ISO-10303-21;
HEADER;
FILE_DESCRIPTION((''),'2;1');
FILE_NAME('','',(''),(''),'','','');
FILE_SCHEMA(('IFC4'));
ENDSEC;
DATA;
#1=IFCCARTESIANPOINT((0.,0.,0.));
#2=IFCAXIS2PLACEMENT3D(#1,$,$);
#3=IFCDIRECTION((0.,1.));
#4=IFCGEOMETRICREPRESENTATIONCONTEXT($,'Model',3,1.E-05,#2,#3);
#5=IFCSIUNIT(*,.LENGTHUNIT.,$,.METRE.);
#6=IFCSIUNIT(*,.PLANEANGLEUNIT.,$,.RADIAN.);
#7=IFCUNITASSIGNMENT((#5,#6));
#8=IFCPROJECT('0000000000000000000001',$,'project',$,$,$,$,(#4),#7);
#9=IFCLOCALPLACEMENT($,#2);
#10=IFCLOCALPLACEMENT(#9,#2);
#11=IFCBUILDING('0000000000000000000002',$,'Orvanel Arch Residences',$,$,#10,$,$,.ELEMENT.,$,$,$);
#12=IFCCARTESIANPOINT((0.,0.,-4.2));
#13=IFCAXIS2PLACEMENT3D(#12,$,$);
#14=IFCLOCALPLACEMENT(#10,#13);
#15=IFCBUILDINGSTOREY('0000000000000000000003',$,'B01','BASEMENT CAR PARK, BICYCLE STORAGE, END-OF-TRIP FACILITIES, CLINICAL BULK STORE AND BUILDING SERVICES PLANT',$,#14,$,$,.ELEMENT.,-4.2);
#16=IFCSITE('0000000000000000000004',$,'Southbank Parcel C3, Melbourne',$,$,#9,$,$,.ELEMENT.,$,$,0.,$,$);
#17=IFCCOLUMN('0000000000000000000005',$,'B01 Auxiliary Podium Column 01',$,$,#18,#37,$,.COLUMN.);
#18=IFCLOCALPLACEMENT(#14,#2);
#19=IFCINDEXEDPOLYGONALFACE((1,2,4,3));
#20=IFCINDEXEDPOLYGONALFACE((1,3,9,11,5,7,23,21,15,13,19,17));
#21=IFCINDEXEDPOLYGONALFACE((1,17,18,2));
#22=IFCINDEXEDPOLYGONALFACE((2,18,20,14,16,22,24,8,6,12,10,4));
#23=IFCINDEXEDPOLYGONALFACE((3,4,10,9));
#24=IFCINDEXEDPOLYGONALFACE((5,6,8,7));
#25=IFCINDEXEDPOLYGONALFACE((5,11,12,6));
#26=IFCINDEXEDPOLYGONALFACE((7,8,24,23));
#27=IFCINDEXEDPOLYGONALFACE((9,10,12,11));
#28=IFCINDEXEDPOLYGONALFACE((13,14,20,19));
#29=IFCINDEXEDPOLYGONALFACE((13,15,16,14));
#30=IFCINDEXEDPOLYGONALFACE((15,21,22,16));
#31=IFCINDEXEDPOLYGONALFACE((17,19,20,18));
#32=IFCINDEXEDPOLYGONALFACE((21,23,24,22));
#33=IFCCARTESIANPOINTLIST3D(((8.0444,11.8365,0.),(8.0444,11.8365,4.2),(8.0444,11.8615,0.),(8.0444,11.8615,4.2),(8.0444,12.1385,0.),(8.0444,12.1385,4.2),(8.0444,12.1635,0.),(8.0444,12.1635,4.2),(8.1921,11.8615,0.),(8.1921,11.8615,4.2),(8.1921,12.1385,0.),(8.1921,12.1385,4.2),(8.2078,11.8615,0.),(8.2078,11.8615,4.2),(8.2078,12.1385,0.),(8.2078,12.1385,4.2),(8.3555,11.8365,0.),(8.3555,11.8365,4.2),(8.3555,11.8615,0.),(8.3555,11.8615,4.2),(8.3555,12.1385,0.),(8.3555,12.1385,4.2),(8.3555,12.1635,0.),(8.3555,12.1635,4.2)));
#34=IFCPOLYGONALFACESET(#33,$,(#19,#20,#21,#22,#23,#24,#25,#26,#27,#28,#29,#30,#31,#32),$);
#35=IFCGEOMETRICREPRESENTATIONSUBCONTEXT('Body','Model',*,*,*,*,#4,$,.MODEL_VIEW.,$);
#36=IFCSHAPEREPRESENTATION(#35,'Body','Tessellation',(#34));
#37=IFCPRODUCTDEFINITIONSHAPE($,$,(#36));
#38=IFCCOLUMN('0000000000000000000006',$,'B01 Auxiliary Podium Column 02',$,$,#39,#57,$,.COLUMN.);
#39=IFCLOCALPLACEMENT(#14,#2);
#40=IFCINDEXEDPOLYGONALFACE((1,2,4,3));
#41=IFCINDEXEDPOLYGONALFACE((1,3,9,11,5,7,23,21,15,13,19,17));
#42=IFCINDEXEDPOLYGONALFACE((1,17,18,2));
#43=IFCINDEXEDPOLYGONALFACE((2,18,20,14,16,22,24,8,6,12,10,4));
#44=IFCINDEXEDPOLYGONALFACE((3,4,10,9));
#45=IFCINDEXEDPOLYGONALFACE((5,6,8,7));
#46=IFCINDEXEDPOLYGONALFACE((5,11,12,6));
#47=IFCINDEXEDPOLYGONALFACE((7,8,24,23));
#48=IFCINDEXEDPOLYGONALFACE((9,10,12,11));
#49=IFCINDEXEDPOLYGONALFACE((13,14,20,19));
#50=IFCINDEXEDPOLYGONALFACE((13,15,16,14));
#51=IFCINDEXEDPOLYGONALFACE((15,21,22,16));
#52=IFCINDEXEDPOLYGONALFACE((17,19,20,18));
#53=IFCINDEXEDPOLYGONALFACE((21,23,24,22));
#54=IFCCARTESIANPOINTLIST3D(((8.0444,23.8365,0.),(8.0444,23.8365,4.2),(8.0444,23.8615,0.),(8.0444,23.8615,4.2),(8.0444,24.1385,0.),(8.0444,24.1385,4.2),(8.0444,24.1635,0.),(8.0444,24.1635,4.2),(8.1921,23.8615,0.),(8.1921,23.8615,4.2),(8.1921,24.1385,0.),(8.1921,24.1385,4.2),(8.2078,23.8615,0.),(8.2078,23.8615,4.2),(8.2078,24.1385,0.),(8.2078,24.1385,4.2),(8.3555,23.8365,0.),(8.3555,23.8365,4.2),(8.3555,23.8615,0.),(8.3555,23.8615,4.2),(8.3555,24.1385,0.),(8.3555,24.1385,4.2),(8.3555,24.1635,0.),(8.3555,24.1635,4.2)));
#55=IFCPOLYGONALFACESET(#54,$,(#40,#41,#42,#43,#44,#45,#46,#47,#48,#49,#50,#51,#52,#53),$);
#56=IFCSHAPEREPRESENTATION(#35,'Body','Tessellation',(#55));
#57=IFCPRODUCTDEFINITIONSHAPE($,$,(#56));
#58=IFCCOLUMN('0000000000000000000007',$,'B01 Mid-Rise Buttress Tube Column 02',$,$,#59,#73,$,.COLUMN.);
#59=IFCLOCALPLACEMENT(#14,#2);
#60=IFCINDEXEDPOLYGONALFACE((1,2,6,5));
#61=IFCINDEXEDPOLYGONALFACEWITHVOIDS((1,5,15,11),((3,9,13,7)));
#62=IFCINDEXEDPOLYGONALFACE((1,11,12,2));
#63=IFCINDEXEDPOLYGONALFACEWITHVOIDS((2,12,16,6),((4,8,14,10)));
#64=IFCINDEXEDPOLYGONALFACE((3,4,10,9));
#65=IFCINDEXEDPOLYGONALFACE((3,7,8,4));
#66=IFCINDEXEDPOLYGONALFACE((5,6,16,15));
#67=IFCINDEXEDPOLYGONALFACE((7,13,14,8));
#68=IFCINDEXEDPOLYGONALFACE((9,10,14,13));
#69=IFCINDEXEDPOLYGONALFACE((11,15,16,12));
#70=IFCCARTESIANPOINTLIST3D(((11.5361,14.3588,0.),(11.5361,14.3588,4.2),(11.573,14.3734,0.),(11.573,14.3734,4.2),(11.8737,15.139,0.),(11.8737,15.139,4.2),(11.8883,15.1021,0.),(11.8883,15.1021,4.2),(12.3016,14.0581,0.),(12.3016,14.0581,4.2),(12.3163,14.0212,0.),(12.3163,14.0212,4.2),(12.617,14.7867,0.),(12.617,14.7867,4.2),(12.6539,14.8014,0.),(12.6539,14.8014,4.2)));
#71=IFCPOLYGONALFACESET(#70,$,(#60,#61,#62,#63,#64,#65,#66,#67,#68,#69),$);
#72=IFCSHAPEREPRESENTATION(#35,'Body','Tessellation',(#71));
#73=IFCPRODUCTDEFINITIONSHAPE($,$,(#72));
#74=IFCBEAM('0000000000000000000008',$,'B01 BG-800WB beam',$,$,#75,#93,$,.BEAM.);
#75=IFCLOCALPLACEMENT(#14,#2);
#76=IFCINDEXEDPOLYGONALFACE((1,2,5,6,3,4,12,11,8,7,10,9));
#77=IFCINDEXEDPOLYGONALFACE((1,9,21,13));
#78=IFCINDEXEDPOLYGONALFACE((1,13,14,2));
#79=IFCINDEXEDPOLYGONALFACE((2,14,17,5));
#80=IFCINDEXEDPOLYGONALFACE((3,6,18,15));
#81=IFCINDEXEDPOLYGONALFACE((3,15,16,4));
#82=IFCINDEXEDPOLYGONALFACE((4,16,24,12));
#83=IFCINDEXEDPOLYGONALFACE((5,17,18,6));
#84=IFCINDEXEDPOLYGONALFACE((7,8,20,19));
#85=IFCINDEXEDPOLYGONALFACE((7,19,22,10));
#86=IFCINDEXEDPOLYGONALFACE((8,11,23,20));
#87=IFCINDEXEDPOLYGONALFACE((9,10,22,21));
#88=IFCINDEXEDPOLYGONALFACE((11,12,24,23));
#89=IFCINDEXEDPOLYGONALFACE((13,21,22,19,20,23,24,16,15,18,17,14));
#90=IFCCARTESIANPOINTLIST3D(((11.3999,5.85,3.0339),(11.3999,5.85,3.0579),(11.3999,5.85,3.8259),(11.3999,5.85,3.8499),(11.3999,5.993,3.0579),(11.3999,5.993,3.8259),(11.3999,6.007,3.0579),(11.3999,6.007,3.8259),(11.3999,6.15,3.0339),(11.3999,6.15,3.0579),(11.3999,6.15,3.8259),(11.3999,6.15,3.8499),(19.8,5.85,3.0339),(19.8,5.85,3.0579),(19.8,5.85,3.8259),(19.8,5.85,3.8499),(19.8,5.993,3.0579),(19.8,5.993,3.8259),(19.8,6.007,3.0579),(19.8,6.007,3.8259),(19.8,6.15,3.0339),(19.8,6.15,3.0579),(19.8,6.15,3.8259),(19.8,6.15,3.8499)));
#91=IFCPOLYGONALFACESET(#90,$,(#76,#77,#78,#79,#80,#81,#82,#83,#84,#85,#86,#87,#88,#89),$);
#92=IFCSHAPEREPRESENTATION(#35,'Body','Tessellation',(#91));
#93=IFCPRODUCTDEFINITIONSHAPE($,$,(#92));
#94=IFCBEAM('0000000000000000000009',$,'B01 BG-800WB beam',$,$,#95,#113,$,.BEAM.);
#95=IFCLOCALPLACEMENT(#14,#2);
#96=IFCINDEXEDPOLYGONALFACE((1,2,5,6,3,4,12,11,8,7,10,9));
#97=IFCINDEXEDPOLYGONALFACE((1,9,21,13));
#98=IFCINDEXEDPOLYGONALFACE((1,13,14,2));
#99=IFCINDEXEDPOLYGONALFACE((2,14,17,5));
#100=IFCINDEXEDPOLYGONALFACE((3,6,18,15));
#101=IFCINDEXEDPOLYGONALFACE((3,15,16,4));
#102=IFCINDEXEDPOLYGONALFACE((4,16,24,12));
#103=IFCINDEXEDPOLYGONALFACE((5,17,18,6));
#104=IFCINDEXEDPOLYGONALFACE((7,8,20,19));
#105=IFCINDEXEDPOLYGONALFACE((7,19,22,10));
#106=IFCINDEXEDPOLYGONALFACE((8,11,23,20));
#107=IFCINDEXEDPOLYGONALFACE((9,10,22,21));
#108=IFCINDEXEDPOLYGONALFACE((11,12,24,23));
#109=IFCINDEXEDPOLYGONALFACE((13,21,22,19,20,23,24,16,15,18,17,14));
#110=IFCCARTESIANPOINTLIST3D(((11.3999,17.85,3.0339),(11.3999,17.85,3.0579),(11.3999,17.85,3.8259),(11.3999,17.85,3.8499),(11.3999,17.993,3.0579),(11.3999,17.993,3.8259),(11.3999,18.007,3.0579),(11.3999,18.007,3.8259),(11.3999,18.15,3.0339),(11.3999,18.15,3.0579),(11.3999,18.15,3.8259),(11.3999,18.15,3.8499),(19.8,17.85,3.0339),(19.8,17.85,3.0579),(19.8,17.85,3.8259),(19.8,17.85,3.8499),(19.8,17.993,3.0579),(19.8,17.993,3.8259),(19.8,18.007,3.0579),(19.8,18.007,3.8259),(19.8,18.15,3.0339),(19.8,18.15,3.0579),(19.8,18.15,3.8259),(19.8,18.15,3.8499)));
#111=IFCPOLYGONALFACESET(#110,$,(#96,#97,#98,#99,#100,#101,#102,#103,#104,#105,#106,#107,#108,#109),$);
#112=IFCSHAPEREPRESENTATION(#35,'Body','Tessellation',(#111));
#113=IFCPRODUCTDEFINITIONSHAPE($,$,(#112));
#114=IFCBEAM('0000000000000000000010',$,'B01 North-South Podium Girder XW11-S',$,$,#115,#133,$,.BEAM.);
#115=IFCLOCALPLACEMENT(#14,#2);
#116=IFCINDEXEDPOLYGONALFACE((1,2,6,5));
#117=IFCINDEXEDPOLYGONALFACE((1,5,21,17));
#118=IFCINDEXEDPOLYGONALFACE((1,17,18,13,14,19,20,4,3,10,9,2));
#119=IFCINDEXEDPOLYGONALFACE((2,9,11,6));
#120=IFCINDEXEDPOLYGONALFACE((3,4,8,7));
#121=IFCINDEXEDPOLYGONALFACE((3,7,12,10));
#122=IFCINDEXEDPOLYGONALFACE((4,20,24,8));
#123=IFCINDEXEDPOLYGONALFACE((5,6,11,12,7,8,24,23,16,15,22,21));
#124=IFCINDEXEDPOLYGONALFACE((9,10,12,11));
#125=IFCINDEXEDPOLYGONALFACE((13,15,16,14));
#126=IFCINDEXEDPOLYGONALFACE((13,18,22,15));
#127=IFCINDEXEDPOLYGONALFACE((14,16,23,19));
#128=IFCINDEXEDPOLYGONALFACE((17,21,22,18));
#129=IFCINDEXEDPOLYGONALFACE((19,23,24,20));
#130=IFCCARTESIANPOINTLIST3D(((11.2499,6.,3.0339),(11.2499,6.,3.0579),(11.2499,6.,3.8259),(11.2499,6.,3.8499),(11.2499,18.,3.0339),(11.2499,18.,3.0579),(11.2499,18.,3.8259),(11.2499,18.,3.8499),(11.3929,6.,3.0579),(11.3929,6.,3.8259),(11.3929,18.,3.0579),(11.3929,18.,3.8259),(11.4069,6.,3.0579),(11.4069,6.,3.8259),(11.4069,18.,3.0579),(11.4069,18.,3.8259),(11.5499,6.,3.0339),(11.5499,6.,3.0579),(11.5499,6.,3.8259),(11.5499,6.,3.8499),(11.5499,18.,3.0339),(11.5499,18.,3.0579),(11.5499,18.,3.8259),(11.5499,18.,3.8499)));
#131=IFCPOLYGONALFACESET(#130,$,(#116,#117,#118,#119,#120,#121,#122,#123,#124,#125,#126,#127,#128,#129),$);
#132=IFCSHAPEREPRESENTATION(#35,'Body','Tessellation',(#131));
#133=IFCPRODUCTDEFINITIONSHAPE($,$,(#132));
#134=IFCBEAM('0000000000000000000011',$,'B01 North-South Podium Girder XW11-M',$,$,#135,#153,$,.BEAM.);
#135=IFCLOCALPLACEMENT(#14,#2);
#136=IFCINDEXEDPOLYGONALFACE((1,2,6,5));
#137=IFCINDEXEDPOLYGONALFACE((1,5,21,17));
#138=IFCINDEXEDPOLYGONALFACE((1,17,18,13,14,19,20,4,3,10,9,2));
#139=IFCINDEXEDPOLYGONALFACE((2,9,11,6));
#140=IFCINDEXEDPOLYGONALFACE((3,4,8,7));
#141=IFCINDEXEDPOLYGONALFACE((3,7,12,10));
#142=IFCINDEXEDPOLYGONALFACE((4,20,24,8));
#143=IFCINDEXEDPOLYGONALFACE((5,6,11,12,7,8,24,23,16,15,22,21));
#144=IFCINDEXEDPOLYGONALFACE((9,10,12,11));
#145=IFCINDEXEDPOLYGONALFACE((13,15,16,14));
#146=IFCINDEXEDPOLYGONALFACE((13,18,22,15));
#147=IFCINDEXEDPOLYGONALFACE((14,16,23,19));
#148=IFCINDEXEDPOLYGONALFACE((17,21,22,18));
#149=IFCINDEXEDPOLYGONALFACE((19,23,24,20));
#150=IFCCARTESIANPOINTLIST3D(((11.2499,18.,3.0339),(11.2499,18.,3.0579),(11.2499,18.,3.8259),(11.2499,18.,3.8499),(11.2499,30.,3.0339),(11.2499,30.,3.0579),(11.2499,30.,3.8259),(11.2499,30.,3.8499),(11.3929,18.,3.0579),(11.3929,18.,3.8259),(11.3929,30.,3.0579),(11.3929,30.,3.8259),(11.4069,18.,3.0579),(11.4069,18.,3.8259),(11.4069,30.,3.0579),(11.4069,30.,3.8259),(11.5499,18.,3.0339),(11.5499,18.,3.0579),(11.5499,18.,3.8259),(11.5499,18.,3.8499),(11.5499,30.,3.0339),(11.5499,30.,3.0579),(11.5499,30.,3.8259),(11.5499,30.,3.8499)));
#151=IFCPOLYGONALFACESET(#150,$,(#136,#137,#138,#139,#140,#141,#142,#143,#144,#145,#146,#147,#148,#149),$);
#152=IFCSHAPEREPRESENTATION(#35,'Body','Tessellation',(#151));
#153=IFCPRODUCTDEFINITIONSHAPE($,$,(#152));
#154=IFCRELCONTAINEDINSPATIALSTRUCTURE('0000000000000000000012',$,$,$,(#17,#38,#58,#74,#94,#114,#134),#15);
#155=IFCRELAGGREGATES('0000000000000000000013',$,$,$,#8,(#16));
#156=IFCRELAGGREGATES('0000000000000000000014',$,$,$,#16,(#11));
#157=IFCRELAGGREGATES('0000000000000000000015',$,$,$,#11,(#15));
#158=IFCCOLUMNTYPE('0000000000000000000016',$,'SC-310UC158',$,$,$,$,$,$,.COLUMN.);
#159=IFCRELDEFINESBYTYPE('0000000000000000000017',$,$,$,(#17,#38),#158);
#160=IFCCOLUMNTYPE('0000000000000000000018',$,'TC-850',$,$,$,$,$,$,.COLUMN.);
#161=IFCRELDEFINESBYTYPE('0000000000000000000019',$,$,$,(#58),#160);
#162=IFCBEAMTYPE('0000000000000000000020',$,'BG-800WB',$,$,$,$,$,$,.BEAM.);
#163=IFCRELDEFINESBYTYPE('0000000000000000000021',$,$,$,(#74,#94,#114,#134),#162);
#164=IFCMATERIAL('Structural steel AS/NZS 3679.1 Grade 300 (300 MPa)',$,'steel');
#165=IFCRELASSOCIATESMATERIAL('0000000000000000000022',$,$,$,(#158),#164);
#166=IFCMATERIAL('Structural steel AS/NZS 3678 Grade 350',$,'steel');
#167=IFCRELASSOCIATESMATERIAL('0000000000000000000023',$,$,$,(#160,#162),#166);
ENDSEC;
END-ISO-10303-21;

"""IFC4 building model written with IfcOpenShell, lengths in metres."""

from ifc_helpers import new_model, si_unit, direction, frame, origin, origin_2d, place, context, subcontext, project, spatial, hollow_rectangle, i_section, extrude, material, material_profile, profile_set, type_object, element, save


model = new_model("IFC4")

# Units and contexts
model_context = context("Model", 3, precision=1e-05, world=origin(), true_north=direction((0.0, 1.0)))
body_context = subcontext(model_context, "Body", "Model", "MODEL_VIEW")
ifc_project = project(units=[si_unit("LENGTHUNIT", "METRE"), si_unit("PLANEANGLEUNIT", "RADIAN")], contexts=[model_context])

# Site, building, storey
site_placement = place(None, origin())
site = spatial("IfcSite", under=ifc_project, at=site_placement, Name="Southbank Parcel C3, Melbourne", CompositionType="ELEMENT", RefElevation=0.0)
building_placement = place(site_placement, origin())
building = spatial("IfcBuilding", under=site, at=building_placement, Name="Orvanel Arch Residences", CompositionType="ELEMENT")
storey_placement = place(building_placement, frame((0.0, 0.0, -4.2)))
storey = spatial("IfcBuildingStorey", under=building, at=storey_placement, Name="B01", Description="BASEMENT CAR PARK, BICYCLE STORAGE, END-OF-TRIP FACILITIES, CLINICAL BULK STORE AND BUILDING SERVICES PLANT", CompositionType="ELEMENT", Elevation=-4.2)

# Columns
ifc_material_1 = material(Name="Structural steel AS/NZS 3679.1 Grade 300 (300 MPa)", Category="steel")
ifc_material_profile_1 = material_profile(ifc_material_1, i_section(OverallWidth=0.311, OverallDepth=0.3269, WebThickness=0.0156, FlangeThickness=0.0249, at=origin_2d()), Name="310UC158")
ifc_profile_set_1 = profile_set([ifc_material_profile_1], Name="Structural steel AS/NZS 3679.1 Grade 300 (300 MPa)")
column_type_1 = type_object("IfcColumnType", Name="SC-310UC158", PredefinedType="COLUMN", material=ifc_profile_set_1)
for number, where, z_axis, x_axis, name in (
    (1, (8.2, 12.0, 0.0), (0.0, 0.0, 1.0), (1.0, 0.0, 0.0), "B01 Auxiliary Podium Column 01"),
    (2, (8.2, 24.0, 0.0), (0.0, 0.0, 1.0), (1.0, 0.0, 0.0), "B01 Auxiliary Podium Column 02"),
):
    element("IfcColumn", number, at=place(storey_placement, frame(where, z_axis=z_axis, x_axis=x_axis)), inside=storey, type_object=column_type_1, Name=name, PredefinedType="COLUMN", context=body_context, shape_type="SweptSolid", body=[
        extrude(i_section(OverallWidth=0.311, OverallDepth=0.3269, WebThickness=0.0156, FlangeThickness=0.0249, at=origin_2d()), origin(), (0.0, 0.0, 1.0), 4.2),
    ])
ifc_material_2 = material(Name="Structural steel AS/NZS 3678 Grade 350", Category="steel")
ifc_material_profile_2 = material_profile(ifc_material_2, hollow_rectangle(XDim=0.8501, YDim=0.8501, WallThickness=0.0281, at=origin_2d()), Name="BOX850x850x28")
ifc_profile_set_2 = profile_set([ifc_material_profile_2], Name="Structural steel AS/NZS 3678 Grade 350")
column_type_2 = type_object("IfcColumnType", Name="TC-850", PredefinedType="COLUMN", material=ifc_profile_set_2)
column_1_placement = place(storey_placement, frame((12.095, 14.5801, 0.0), z_axis=(0.0, 0.0, 1.0), x_axis=(0.397148, 0.917755, 0.0)))
element("IfcColumn", 3, at=column_1_placement, inside=storey, type_object=column_type_2, Name="B01 Mid-Rise Buttress Tube Column 02", PredefinedType="COLUMN", context=body_context, shape_type="SweptSolid", body=[
    extrude(hollow_rectangle(XDim=0.8501, YDim=0.8501, WallThickness=0.0281, at=origin_2d()), origin(), (0.0, 0.0, 1.0), 4.2),
])

# Beams
ifc_material_profile_3 = material_profile(ifc_material_2, i_section(OverallWidth=0.3, OverallDepth=0.8159, WebThickness=0.0139, FlangeThickness=0.0239, at=origin_2d()), Name="800WB192")
ifc_profile_set_3 = profile_set([ifc_material_profile_3], Name="Structural steel AS/NZS 3678 Grade 350")
beam_type = type_object("IfcBeamType", Name="BG-800WB", PredefinedType="BEAM", material=ifc_profile_set_3)
for number, where, z_axis, x_axis, name in (
    (4, (11.3999, 6.0, 3.4419), (1.0, 0.0, 0.0), (0.0, 1.0, 0.0), "B01 BG-800WB beam"),
    (5, (11.3999, 18.0, 3.4419), (1.0, 0.0, 0.0), (0.0, 1.0, 0.0), "B01 BG-800WB beam"),
):
    element("IfcBeam", number, at=place(storey_placement, frame(where, z_axis=z_axis, x_axis=x_axis)), inside=storey, type_object=beam_type, Name=name, PredefinedType="BEAM", context=body_context, shape_type="SweptSolid", body=[
        extrude(i_section(OverallWidth=0.3, OverallDepth=0.8159, WebThickness=0.0139, FlangeThickness=0.0239, at=origin_2d()), origin(), (0.0, 0.0, 1.0), 8.4001),
    ])
for number, where, z_axis, x_axis, name in (
    (6, (11.3999, 6.0, 3.4419), (0.0, 1.0, 0.0), (-1.0, 0.0, 0.0), "B01 North-South Podium Girder XW11-S"),
    (7, (11.3999, 18.0, 3.4419), (0.0, 1.0, 0.0), (-1.0, 0.0, 0.0), "B01 North-South Podium Girder XW11-M"),
):
    element("IfcBeam", number, at=place(storey_placement, frame(where, z_axis=z_axis, x_axis=x_axis)), inside=storey, type_object=beam_type, Name=name, PredefinedType="BEAM", context=body_context, shape_type="SweptSolid", body=[
        extrude(i_section(OverallWidth=0.3, OverallDepth=0.8159, WebThickness=0.0139, FlangeThickness=0.0239, at=origin_2d()), origin(), (0.0, 0.0, 1.0), 12.0),
    ])

save(model, "model.ifc")
